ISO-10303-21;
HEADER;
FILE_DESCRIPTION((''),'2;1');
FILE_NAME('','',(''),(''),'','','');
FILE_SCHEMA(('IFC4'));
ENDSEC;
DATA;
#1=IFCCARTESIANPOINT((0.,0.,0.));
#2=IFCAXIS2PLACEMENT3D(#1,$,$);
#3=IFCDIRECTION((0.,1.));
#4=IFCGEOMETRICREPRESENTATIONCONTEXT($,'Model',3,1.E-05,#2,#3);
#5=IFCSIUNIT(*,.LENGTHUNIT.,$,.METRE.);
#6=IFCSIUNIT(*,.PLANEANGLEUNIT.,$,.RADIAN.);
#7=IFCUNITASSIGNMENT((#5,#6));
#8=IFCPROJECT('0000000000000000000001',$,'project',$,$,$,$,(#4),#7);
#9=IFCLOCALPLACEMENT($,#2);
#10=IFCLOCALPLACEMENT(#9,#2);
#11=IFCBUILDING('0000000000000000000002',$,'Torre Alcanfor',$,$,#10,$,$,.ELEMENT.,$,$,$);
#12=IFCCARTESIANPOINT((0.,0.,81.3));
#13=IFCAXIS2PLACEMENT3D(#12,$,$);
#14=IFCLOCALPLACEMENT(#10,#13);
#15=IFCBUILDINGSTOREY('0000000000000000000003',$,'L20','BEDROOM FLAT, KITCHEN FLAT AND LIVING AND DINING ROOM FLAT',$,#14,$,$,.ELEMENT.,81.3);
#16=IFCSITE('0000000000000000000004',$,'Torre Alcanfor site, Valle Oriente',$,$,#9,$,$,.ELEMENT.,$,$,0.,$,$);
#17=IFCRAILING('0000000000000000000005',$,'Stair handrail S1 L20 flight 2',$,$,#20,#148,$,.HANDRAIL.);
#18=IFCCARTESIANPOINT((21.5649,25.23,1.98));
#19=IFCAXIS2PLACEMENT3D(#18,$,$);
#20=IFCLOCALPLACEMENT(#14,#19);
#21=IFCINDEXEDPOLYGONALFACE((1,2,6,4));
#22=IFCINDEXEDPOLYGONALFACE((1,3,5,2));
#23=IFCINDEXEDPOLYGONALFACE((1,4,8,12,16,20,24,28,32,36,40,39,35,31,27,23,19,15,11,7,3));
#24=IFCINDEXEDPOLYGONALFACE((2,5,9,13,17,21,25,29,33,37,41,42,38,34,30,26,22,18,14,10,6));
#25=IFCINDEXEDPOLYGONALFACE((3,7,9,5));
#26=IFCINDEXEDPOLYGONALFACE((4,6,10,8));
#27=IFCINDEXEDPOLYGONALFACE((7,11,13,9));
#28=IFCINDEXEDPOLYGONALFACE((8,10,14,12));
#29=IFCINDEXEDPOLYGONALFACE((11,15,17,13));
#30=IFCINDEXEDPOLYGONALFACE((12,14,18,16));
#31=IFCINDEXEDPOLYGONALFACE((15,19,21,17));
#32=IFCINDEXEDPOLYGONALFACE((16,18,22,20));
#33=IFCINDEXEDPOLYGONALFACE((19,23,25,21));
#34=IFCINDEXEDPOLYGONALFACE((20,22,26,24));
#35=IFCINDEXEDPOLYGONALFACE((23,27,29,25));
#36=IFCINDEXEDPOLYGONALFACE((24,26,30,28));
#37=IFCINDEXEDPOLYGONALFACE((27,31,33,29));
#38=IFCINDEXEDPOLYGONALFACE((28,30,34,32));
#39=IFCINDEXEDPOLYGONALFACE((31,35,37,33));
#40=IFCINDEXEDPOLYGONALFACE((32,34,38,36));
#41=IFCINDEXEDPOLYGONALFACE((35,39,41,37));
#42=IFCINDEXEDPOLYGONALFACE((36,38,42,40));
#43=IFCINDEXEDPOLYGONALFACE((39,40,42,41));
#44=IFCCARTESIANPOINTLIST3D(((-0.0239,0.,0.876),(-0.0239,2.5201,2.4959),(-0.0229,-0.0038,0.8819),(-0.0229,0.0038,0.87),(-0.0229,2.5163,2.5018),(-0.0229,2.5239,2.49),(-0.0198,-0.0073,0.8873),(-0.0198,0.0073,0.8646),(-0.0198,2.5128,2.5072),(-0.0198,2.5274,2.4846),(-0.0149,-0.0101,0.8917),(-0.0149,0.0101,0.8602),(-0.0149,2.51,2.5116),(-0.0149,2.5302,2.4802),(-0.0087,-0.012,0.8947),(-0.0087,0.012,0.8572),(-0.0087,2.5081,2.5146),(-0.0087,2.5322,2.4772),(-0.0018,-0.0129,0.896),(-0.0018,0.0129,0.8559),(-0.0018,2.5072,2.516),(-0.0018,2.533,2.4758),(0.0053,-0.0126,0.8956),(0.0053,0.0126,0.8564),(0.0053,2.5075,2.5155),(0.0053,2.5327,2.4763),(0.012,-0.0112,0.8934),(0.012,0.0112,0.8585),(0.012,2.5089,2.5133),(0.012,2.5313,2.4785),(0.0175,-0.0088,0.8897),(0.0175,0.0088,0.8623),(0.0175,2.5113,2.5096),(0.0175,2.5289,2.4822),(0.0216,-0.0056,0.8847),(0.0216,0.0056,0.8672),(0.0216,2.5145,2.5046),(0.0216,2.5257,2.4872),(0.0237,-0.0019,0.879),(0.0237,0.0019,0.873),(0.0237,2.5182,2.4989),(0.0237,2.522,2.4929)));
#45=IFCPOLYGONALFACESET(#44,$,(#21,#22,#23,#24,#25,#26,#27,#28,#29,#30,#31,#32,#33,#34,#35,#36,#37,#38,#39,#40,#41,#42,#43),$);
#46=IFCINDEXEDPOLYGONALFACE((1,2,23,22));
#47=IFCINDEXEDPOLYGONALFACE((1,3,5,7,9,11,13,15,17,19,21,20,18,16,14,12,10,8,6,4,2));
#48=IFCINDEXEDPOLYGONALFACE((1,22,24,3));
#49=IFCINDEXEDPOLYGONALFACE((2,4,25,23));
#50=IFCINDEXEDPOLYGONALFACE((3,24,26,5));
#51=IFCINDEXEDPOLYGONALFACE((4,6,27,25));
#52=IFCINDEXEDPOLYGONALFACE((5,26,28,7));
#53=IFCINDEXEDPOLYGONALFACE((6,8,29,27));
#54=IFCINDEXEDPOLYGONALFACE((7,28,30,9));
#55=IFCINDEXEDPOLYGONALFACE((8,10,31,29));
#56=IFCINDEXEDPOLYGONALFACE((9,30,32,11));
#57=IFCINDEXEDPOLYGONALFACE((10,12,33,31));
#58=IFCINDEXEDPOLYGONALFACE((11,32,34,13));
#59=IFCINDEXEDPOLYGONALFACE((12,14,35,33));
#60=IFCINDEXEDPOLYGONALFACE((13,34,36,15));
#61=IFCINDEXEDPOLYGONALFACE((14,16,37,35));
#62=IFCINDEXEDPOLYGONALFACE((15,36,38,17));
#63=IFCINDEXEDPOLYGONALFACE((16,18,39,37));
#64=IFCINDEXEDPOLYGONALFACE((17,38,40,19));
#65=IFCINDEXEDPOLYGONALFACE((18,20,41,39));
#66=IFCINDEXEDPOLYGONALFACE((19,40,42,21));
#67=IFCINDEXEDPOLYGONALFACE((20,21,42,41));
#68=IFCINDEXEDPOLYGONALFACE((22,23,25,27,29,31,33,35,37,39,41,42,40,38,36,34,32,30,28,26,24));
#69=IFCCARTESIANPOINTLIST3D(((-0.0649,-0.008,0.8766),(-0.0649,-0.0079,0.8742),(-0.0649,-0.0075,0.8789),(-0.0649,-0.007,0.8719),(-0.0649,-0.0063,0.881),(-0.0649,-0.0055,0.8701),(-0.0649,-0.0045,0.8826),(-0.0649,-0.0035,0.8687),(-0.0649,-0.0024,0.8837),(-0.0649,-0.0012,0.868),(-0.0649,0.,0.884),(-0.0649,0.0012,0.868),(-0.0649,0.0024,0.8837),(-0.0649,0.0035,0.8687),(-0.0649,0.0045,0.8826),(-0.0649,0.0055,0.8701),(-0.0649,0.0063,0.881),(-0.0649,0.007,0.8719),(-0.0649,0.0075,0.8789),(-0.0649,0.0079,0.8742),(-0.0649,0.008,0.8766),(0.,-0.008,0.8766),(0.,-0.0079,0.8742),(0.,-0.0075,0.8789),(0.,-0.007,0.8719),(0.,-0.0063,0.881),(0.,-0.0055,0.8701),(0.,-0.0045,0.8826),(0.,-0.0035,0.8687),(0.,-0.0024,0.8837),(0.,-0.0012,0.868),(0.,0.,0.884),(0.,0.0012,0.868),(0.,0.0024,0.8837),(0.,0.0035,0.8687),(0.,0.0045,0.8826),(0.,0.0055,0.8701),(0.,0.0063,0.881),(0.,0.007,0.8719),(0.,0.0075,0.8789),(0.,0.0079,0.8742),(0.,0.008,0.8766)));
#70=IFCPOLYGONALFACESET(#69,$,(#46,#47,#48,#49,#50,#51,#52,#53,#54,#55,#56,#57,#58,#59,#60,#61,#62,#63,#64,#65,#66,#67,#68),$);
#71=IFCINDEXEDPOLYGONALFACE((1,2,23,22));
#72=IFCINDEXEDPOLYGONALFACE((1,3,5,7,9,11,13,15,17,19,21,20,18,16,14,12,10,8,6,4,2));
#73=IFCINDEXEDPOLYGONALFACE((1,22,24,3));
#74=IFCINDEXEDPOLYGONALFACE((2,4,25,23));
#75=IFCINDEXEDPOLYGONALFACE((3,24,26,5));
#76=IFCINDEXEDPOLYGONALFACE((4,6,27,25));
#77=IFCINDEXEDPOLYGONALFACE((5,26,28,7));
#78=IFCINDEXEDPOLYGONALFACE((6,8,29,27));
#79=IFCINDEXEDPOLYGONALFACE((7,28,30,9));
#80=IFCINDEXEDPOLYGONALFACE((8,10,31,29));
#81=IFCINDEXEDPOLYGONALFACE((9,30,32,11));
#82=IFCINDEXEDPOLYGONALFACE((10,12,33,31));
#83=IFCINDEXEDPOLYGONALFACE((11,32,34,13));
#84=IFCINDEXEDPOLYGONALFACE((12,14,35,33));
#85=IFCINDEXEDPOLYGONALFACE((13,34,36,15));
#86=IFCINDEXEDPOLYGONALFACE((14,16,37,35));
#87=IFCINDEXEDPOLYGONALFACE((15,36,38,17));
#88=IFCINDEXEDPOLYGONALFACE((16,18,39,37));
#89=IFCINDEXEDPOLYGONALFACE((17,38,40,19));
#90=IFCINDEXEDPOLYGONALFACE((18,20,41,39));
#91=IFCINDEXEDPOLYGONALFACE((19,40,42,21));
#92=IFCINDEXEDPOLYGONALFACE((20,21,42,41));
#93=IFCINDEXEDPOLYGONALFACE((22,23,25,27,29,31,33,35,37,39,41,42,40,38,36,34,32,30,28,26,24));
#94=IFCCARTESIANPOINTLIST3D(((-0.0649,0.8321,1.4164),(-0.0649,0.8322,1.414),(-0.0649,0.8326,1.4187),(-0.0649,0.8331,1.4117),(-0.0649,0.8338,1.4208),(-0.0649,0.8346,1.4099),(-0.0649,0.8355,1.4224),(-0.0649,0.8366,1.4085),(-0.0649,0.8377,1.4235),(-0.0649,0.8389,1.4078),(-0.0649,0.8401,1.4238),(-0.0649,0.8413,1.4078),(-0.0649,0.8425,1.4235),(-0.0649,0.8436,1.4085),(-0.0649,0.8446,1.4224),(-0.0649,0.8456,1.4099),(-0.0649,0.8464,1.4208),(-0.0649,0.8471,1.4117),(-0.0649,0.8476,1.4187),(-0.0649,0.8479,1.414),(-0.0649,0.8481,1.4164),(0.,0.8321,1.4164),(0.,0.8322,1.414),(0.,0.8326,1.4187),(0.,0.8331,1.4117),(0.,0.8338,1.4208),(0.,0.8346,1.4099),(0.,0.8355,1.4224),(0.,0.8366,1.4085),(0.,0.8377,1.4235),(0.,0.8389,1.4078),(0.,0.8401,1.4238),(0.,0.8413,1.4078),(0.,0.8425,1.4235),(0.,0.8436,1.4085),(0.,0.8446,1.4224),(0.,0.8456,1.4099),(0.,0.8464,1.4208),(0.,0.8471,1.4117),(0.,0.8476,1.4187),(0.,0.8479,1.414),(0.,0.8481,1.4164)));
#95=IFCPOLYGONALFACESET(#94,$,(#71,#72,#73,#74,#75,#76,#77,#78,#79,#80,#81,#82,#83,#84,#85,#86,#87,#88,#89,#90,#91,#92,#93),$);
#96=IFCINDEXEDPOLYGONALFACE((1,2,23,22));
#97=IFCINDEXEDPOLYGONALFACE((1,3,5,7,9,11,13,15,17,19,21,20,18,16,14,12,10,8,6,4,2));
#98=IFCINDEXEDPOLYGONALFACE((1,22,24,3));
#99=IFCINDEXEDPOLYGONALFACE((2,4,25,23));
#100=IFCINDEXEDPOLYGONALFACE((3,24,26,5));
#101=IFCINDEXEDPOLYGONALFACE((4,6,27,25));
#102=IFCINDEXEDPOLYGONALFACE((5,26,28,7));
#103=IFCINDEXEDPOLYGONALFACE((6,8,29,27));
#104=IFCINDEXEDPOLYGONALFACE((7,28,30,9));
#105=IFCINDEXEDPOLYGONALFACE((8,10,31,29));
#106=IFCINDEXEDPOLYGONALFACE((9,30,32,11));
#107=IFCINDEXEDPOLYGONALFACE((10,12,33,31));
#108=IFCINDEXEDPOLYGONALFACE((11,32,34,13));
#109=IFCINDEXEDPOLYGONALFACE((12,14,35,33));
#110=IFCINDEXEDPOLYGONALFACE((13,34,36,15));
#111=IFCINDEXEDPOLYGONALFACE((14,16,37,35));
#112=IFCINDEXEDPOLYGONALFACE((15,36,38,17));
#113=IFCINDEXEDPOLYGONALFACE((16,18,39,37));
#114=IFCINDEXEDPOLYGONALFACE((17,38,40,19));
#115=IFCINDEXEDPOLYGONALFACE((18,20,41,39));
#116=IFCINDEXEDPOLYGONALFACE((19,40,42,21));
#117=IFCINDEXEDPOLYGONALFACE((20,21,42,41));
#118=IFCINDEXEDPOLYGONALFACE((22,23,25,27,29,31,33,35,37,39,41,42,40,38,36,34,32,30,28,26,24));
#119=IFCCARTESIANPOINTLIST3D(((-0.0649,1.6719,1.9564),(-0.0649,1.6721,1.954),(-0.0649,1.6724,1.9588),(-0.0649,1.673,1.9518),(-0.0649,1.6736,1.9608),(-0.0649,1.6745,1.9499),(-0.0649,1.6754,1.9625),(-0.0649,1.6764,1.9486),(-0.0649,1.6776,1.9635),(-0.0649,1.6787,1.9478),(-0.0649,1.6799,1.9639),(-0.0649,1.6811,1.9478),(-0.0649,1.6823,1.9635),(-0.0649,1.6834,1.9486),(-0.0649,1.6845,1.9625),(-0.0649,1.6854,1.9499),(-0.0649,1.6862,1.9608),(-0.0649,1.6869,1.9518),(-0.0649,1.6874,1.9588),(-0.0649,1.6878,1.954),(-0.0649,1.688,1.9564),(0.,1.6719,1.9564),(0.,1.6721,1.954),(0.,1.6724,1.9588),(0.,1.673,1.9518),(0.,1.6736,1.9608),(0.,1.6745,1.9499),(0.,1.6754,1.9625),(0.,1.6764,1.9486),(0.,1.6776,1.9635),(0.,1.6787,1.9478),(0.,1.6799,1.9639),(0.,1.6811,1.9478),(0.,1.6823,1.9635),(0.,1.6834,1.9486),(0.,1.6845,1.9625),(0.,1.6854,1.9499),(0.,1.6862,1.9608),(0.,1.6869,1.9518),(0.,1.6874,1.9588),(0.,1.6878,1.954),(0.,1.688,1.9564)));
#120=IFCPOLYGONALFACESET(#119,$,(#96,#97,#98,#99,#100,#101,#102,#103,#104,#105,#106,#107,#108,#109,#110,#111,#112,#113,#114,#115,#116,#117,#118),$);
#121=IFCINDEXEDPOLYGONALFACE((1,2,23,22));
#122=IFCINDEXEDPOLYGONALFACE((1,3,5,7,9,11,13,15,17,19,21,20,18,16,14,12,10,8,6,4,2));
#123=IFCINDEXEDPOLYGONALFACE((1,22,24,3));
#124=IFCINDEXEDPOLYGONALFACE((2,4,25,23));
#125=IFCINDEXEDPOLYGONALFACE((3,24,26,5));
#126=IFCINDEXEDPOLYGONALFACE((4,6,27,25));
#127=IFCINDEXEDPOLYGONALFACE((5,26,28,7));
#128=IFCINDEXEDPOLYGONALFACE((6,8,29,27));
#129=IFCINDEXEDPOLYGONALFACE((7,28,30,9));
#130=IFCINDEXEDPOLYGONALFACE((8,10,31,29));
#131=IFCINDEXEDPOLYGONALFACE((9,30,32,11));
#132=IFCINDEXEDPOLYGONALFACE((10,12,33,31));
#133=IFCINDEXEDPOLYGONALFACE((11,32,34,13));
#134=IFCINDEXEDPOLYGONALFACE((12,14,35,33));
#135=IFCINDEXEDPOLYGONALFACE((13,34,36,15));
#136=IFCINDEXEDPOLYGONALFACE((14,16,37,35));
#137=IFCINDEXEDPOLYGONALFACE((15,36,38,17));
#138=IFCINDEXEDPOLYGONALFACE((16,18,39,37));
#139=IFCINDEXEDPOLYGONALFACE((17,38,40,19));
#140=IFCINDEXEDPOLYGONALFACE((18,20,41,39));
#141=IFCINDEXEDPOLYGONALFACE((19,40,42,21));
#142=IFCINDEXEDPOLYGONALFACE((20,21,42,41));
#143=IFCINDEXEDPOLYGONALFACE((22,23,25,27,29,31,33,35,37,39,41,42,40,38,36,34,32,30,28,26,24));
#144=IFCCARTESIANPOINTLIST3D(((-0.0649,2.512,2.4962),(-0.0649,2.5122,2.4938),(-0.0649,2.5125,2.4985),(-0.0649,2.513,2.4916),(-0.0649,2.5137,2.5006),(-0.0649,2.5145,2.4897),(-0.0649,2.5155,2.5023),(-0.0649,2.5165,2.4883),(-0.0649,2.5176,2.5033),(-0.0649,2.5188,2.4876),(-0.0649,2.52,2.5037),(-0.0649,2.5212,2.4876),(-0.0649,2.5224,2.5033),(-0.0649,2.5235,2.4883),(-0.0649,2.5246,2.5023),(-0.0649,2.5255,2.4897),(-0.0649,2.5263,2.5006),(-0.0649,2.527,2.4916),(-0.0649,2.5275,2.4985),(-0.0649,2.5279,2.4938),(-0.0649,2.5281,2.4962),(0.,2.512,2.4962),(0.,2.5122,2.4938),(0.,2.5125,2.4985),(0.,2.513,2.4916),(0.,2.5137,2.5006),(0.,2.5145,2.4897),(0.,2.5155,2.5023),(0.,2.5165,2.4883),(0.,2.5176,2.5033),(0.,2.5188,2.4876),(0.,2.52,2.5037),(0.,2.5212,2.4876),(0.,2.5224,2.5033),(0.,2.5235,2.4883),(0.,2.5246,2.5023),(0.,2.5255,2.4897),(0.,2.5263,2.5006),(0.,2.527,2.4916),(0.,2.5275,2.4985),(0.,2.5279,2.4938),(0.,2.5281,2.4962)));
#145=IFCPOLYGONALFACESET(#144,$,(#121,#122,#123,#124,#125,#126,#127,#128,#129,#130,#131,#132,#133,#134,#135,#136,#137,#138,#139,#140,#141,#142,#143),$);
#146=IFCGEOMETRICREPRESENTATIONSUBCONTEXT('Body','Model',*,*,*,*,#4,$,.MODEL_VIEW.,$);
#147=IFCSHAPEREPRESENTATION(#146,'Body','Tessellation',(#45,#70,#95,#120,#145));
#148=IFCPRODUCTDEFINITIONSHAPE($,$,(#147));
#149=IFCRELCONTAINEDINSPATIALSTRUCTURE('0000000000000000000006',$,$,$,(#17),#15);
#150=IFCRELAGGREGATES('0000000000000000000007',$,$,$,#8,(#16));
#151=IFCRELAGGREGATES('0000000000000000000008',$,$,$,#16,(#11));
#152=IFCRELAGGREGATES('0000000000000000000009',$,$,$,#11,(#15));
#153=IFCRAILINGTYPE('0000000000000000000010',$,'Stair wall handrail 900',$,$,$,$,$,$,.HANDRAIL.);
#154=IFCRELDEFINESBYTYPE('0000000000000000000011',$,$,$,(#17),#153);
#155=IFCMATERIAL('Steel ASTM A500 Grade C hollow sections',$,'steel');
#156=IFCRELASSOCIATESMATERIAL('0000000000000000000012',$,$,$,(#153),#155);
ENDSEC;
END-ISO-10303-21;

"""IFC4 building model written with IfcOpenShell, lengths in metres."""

from ifc_helpers import new_model, si_unit, direction, frame, origin, origin_2d, place, context, subcontext, project, spatial, circle, extrude, material, type_object, element, save


model = new_model("IFC4")

# Units and contexts
model_context = context("Model", 3, precision=1e-05, world=origin(), true_north=direction((0.0, 1.0)))
body_context = subcontext(model_context, "Body", "Model", "MODEL_VIEW")
ifc_project = project(units=[si_unit("LENGTHUNIT", "METRE"), si_unit("PLANEANGLEUNIT", "RADIAN")], contexts=[model_context])

# Site, building, storey
site_placement = place(None, origin())
site = spatial("IfcSite", under=ifc_project, at=site_placement, Name="Torre Alcanfor site, Valle Oriente", CompositionType="ELEMENT", RefElevation=0.0)
building_placement = place(site_placement, origin())
building = spatial("IfcBuilding", under=site, at=building_placement, Name="Torre Alcanfor", CompositionType="ELEMENT")
storey_placement = place(building_placement, frame((0.0, 0.0, 81.3)))
storey = spatial("IfcBuildingStorey", under=building, at=storey_placement, Name="L20", Description="BEDROOM FLAT, KITCHEN FLAT AND LIVING AND DINING ROOM FLAT", CompositionType="ELEMENT", Elevation=81.3)

# Railing
ifc_material_1 = material(Name="Steel ASTM A500 Grade C hollow sections", Category="steel")
railing_type_1 = type_object("IfcRailingType", Name="Stair wall handrail 900", PredefinedType="HANDRAIL", material=ifc_material_1)
railing_1_placement = place(storey_placement, frame((21.5649, 25.23, 1.98)))
element("IfcRailing", 1, at=railing_1_placement, inside=storey, type_object=railing_type_1, Name="Stair handrail S1 L20 flight 2", PredefinedType="HANDRAIL", context=body_context, shape_type="SweptSolid", body=[
    extrude(circle(Radius=0.0239, at=origin_2d()), frame((0.0, 0.0, 0.876), z_axis=(0.0, 0.8412, 0.540725), x_axis=(-1.0, 0.0, 0.0)), (0.0, 0.0, 1.0), 2.9958),
    extrude(circle(Radius=0.0081, at=origin_2d()), frame((0.0, 0.0, 0.876), z_axis=(-1.0, 0.0, 0.0), x_axis=(0.0, 0.0, 1.0)), (0.0, 0.0, 1.0), 0.0649),
    extrude(circle(Radius=0.0081, at=origin_2d()), frame((0.0, 0.8401, 1.4158), z_axis=(-1.0, 0.0, 0.0), x_axis=(0.0, 0.0, 1.0)), (0.0, 0.0, 1.0), 0.0649),
    extrude(circle(Radius=0.0081, at=origin_2d()), frame((0.0, 1.6799, 1.9558), z_axis=(-1.0, 0.0, 0.0), x_axis=(0.0, 0.0, 1.0)), (0.0, 0.0, 1.0), 0.0649),
    extrude(circle(Radius=0.0081, at=origin_2d()), frame((0.0, 2.52, 2.4956), z_axis=(-1.0, 0.0, 0.0), x_axis=(0.0, 0.0, 1.0)), (0.0, 0.0, 1.0), 0.0649),
])

save(model, "model.ifc")
